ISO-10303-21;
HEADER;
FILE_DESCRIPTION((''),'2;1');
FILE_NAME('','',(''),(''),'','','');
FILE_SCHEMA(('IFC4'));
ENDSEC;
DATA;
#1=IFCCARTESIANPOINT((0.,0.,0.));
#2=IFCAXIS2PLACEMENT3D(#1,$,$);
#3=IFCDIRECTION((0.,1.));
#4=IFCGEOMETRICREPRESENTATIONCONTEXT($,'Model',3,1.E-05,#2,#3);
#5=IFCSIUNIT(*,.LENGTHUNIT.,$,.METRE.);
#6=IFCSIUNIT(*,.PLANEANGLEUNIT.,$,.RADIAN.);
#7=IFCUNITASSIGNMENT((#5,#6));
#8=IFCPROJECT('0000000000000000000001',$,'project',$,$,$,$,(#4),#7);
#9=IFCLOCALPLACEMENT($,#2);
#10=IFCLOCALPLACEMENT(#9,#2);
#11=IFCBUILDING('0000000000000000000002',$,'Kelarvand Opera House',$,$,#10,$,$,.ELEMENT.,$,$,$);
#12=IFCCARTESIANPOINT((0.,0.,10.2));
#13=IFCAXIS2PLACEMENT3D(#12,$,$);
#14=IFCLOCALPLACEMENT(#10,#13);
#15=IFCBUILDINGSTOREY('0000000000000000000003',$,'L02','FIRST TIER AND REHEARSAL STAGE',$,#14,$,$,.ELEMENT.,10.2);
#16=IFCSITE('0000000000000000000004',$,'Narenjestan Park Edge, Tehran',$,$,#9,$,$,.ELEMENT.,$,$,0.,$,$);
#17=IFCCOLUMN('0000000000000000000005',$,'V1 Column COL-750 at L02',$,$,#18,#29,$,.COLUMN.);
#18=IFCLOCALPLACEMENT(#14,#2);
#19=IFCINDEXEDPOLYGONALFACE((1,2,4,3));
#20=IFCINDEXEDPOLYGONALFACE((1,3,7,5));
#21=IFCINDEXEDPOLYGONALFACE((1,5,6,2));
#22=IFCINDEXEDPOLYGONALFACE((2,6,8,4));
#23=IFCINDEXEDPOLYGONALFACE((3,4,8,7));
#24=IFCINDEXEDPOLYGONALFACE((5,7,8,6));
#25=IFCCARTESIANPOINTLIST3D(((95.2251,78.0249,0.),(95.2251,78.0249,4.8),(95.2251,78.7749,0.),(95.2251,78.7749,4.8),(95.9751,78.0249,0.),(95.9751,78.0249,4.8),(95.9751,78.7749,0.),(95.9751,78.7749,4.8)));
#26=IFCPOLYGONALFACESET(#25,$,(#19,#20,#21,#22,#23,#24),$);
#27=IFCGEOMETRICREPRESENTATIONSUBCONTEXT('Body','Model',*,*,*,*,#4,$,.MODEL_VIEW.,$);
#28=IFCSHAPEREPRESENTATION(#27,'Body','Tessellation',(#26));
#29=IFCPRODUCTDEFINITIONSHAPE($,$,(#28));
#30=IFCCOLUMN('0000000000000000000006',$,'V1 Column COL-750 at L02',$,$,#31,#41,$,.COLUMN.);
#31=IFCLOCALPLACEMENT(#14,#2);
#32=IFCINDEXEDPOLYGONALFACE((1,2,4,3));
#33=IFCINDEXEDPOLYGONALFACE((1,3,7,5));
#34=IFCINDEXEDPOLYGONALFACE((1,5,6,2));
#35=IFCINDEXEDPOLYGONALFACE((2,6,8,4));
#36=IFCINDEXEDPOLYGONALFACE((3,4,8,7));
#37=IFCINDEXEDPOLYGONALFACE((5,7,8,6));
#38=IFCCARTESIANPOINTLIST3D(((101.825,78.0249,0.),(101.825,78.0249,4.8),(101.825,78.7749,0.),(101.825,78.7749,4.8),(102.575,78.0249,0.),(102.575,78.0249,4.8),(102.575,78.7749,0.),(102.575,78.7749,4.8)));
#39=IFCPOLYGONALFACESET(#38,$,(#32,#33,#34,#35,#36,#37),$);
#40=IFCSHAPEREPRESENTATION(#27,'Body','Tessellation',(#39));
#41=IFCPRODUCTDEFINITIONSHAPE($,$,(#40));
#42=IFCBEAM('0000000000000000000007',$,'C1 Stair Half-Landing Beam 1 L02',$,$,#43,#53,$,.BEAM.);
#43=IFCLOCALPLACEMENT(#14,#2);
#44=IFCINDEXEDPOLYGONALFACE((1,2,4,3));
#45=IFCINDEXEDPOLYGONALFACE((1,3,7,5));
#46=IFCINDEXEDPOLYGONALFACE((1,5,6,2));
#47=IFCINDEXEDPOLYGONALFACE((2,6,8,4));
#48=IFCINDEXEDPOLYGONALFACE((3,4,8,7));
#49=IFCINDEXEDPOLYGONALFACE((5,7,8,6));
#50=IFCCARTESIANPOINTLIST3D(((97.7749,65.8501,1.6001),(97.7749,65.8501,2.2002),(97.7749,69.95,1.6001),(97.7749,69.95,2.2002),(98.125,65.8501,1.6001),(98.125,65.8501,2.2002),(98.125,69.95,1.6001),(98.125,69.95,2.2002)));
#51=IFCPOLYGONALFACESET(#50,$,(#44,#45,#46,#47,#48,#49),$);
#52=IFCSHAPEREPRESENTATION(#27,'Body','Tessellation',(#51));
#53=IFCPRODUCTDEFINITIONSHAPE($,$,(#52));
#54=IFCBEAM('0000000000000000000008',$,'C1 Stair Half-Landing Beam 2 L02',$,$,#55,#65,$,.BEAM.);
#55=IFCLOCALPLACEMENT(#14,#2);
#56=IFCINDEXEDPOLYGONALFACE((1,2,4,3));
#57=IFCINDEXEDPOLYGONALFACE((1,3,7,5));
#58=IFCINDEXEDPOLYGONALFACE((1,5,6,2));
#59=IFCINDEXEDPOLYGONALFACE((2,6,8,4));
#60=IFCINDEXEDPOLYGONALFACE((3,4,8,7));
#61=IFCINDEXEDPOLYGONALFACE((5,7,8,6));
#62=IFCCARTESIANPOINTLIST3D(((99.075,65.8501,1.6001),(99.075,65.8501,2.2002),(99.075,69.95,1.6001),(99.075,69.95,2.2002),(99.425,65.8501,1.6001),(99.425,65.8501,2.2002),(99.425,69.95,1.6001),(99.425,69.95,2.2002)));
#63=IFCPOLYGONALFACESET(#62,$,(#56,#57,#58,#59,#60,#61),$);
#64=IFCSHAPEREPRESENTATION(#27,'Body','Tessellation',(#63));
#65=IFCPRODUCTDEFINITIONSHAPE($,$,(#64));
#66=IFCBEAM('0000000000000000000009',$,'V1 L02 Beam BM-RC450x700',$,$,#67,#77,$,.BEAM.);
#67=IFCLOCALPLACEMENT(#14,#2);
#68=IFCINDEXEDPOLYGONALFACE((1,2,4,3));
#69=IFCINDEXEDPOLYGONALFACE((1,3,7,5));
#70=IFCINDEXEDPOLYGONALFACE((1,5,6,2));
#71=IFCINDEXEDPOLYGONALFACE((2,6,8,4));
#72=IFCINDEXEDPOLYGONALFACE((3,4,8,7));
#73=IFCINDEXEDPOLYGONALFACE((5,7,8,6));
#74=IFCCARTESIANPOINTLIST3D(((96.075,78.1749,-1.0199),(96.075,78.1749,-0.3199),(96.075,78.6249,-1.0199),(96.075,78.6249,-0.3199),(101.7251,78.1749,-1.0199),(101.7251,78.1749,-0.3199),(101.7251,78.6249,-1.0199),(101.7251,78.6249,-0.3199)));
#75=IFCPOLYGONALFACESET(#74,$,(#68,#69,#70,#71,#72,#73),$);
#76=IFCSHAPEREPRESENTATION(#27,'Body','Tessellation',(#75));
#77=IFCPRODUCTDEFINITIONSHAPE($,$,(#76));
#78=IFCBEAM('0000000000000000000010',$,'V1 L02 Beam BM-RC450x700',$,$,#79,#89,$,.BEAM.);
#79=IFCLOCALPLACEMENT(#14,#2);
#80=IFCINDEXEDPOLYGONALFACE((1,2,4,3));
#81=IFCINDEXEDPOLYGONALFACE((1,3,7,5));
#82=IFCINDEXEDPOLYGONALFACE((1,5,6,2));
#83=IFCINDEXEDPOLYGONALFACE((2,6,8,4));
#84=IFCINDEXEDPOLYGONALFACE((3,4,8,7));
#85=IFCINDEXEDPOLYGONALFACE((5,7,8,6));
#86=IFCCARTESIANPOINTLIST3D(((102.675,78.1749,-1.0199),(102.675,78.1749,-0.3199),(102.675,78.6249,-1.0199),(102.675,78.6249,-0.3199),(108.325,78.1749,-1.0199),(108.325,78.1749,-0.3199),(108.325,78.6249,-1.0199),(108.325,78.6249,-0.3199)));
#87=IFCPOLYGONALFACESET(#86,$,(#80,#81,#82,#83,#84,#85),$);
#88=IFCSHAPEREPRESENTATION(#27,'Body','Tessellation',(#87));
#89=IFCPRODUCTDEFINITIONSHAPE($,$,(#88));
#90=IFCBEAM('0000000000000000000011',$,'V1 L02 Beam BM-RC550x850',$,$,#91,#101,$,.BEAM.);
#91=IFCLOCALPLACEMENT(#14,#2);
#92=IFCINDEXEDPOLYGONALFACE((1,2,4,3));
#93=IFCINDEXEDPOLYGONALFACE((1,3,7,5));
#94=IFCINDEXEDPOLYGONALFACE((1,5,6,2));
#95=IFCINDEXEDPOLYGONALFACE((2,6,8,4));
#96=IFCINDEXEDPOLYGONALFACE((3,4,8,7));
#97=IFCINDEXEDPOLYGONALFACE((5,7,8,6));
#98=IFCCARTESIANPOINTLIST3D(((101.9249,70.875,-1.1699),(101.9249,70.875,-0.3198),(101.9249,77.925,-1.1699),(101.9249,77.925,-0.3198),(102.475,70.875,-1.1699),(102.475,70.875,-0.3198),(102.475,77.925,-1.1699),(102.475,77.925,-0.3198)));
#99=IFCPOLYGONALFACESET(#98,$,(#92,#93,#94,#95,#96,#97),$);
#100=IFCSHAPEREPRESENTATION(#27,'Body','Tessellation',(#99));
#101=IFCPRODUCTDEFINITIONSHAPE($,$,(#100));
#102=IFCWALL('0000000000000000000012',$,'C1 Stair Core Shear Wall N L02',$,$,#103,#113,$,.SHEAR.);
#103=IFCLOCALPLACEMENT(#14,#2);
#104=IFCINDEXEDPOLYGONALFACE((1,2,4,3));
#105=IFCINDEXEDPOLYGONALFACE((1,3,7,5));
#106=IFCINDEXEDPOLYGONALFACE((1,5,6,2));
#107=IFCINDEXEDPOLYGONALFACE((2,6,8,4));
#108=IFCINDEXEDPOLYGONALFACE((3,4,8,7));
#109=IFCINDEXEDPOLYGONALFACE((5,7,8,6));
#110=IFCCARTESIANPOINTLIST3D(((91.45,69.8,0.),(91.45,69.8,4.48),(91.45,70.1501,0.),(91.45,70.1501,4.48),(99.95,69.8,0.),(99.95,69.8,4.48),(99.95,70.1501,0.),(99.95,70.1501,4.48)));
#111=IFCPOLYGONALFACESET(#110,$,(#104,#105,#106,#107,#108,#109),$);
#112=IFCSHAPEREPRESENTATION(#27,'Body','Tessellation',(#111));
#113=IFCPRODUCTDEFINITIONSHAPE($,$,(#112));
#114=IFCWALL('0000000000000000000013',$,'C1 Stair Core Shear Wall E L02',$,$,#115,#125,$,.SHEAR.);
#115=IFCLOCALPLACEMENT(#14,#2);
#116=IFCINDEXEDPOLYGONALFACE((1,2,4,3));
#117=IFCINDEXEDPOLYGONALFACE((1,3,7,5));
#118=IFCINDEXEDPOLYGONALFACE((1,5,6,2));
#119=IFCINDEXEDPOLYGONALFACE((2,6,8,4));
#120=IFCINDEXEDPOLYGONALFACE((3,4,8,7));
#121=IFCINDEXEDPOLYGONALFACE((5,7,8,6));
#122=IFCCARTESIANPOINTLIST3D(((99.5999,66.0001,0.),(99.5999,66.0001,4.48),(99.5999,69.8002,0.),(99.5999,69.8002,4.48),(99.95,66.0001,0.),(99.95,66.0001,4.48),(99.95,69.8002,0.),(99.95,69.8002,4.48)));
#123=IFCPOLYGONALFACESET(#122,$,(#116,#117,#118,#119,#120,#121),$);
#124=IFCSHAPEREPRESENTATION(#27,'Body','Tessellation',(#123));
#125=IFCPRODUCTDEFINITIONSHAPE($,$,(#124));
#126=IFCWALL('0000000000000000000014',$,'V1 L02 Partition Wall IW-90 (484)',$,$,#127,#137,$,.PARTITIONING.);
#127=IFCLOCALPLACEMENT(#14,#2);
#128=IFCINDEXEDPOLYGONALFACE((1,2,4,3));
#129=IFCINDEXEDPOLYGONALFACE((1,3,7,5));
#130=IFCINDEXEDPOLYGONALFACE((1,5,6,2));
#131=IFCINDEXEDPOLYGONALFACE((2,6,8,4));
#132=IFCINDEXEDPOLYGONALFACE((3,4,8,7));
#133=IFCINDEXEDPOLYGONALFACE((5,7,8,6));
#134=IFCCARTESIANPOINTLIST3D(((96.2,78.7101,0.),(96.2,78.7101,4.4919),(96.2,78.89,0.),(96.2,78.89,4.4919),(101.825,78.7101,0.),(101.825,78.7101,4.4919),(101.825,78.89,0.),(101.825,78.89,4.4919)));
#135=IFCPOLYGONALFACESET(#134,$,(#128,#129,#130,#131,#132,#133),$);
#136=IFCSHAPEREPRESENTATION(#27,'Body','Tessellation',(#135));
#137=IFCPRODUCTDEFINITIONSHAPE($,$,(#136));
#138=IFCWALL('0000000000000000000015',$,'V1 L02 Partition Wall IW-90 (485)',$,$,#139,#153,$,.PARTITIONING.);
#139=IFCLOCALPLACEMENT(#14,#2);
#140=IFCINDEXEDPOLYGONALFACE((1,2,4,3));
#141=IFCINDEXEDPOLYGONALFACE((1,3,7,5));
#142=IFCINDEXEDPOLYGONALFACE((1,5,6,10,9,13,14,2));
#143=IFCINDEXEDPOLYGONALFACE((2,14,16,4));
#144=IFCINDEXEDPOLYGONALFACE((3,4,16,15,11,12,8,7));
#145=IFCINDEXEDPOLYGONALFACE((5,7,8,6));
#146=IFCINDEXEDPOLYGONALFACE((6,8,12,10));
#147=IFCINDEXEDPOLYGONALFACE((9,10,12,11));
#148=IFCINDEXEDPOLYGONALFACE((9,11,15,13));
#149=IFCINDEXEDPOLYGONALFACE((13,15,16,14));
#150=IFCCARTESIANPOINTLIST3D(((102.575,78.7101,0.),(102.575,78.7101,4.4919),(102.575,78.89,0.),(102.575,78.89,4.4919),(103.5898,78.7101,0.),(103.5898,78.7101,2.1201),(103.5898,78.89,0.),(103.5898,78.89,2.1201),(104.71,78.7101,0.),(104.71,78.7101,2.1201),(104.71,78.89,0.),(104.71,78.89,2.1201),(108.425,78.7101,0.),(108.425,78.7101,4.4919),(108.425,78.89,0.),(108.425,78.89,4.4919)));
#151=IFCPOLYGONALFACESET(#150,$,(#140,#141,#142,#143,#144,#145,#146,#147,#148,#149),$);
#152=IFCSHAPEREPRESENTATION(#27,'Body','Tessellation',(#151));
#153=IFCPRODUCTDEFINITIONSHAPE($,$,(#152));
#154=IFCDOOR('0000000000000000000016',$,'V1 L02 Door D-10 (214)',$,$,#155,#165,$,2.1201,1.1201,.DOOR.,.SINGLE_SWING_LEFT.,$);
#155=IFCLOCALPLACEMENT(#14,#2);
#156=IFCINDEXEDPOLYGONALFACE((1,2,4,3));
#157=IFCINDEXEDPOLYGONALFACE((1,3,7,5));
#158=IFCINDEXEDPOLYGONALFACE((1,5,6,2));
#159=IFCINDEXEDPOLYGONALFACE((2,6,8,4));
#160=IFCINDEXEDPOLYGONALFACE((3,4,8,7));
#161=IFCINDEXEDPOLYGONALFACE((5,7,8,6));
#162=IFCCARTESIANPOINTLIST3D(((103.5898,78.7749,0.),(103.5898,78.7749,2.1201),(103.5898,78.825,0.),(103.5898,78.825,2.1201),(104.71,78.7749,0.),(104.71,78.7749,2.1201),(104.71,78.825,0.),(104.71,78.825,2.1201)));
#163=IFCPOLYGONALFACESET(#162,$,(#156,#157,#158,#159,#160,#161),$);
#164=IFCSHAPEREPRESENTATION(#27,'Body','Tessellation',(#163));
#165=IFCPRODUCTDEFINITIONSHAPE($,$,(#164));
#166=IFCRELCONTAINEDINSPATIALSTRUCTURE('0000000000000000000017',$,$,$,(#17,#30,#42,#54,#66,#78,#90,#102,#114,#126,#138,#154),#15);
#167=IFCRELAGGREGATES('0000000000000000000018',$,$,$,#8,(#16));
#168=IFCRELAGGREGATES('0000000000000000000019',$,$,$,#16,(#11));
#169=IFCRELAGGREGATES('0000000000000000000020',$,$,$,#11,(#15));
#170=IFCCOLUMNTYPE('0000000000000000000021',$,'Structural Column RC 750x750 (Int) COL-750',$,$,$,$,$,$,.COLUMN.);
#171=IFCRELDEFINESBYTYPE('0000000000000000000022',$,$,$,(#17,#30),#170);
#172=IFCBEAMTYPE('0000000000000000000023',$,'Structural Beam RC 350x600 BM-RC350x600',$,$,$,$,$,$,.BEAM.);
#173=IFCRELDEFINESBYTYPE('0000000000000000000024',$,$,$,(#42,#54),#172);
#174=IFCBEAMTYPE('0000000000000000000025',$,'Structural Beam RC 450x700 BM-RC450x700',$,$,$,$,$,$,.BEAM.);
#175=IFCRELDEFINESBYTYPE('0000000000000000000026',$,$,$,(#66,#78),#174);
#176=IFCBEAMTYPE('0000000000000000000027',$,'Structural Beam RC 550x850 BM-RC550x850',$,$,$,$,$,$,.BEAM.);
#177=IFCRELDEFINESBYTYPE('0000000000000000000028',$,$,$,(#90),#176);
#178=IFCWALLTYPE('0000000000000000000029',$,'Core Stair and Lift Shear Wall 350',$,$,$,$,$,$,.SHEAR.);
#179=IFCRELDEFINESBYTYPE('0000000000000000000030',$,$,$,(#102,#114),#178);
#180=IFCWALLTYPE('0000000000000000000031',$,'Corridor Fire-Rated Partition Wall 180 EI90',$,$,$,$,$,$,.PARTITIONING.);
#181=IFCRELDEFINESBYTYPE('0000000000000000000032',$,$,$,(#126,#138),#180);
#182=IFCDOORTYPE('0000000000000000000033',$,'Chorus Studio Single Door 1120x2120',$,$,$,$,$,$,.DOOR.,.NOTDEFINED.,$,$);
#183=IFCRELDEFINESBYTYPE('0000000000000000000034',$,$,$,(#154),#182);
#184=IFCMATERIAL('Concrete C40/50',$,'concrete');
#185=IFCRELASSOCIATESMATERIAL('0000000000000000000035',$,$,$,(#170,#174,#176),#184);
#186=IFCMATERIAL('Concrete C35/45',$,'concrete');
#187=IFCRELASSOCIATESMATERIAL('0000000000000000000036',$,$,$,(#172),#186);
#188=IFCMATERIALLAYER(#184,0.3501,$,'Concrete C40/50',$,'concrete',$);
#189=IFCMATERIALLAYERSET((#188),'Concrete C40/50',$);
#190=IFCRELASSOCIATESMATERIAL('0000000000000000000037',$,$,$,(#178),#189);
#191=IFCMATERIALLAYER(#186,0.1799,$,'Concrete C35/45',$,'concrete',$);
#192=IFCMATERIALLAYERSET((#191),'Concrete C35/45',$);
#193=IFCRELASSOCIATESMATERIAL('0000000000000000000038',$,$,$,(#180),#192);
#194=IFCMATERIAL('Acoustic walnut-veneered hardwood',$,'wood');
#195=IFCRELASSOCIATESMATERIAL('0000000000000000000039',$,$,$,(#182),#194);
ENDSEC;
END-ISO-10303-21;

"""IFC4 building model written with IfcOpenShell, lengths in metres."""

from ifc_helpers import new_model, si_unit, direction, frame, frame_2d, origin, origin_2d, place, context, subcontext, project, spatial, rectangle, extrude, material, layer, layer_set, material_profile, profile_set, type_object, element, fill, save


model = new_model("IFC4")

# Units and contexts
model_context = context("Model", 3, precision=1e-05, world=origin(), true_north=direction((0.0, 1.0)))
body_context = subcontext(model_context, "Body", "Model", "MODEL_VIEW")
ifc_project = project(units=[si_unit("LENGTHUNIT", "METRE"), si_unit("PLANEANGLEUNIT", "RADIAN")], contexts=[model_context])

# Site, building, storey
site_placement = place(None, origin())
site = spatial("IfcSite", under=ifc_project, at=site_placement, Name="Narenjestan Park Edge, Tehran", CompositionType="ELEMENT", RefElevation=0.0)
building_placement = place(site_placement, origin())
building = spatial("IfcBuilding", under=site, at=building_placement, Name="Kelarvand Opera House", CompositionType="ELEMENT")
storey_placement = place(building_placement, frame((0.0, 0.0, 10.2)))
storey = spatial("IfcBuildingStorey", under=building, at=storey_placement, Name="L02", Description="FIRST TIER AND REHEARSAL STAGE", CompositionType="ELEMENT", Elevation=10.2)

# Columns
ifc_material_1 = material(Name="Concrete C40/50", Category="concrete")
ifc_material_profile_1 = material_profile(ifc_material_1, rectangle(XDim=0.75, YDim=0.75, at=origin_2d()), Name="RC 750x750", Category="concrete")
ifc_profile_set_1 = profile_set([ifc_material_profile_1], Name="Concrete C40/50")
column_type = type_object("IfcColumnType", Name="Structural Column RC 750x750 (Int) COL-750", PredefinedType="COLUMN", material=ifc_profile_set_1)
for number, where, z_axis, x_axis, name in (
    (1, (95.6001, 78.3999, 0.0), (0.0, 0.0, 1.0), (1.0, 0.0, 0.0), "V1 Column COL-750 at L02"),
    (2, (102.2, 78.3999, 0.0), (0.0, 0.0, 1.0), (1.0, 0.0, 0.0), "V1 Column COL-750 at L02"),
):
    element("IfcColumn", number, at=place(storey_placement, frame(where, z_axis=z_axis, x_axis=x_axis)), inside=storey, type_object=column_type, Name=name, PredefinedType="COLUMN", context=body_context, shape_type="SweptSolid", body=[
        extrude(rectangle(XDim=0.75, YDim=0.75, at=origin_2d()), origin(), (0.0, 0.0, 1.0), 4.8),
    ])

# Beams
ifc_material_2 = material(Name="Concrete C35/45", Category="concrete")
ifc_material_profile_2 = material_profile(ifc_material_2, rectangle(XDim=0.3501, YDim=0.6001, at=origin_2d()), Name="RC 350x600", Category="concrete")
ifc_profile_set_2 = profile_set([ifc_material_profile_2], Name="Concrete C35/45")
beam_type_1 = type_object("IfcBeamType", Name="Structural Beam RC 350x600 BM-RC350x600", PredefinedType="BEAM", material=ifc_profile_set_2)
for number, where, z_axis, x_axis, name in (
    (3, (97.95, 65.8501, 1.9001), (0.0, 1.0, 0.0), (-1.0, 0.0, 0.0), "C1 Stair Half-Landing Beam 1 L02"),
    (4, (99.25, 65.8501, 1.9001), (0.0, 1.0, 0.0), (-1.0, 0.0, 0.0), "C1 Stair Half-Landing Beam 2 L02"),
):
    element("IfcBeam", number, at=place(storey_placement, frame(where, z_axis=z_axis, x_axis=x_axis)), inside=storey, type_object=beam_type_1, Name=name, PredefinedType="BEAM", context=body_context, shape_type="SweptSolid", body=[
        extrude(rectangle(XDim=0.3501, YDim=0.6001, at=origin_2d()), origin(), (0.0, 0.0, 1.0), 4.0999),
    ])
ifc_material_profile_3 = material_profile(ifc_material_1, rectangle(XDim=0.45, YDim=0.7, at=origin_2d()), Name="RC 450x700", Category="concrete")
ifc_profile_set_3 = profile_set([ifc_material_profile_3], Name="Concrete C40/50")
beam_type_2 = type_object("IfcBeamType", Name="Structural Beam RC 450x700 BM-RC450x700", PredefinedType="BEAM", material=ifc_profile_set_3)
beam_1_placement = place(storey_placement, frame((96.075, 78.3999, -0.6699), z_axis=(1.0, 0.0, 0.0), x_axis=(0.0, 1.0, 0.0)))
element("IfcBeam", 5, at=beam_1_placement, inside=storey, type_object=beam_type_2, Name="V1 L02 Beam BM-RC450x700", PredefinedType="BEAM", context=body_context, shape_type="SweptSolid", body=[
    extrude(rectangle(XDim=0.45, YDim=0.7, at=origin_2d()), origin(), (0.0, 0.0, 1.0), 5.6501),
])
beam_2_placement = place(storey_placement, frame((102.675, 78.3999, -0.6699), z_axis=(1.0, 0.0, 0.0), x_axis=(0.0, 1.0, 0.0)))
element("IfcBeam", 6, at=beam_2_placement, inside=storey, type_object=beam_type_2, Name="V1 L02 Beam BM-RC450x700", PredefinedType="BEAM", context=body_context, shape_type="SweptSolid", body=[
    extrude(rectangle(XDim=0.45, YDim=0.7, at=origin_2d()), origin(), (0.0, 0.0, 1.0), 5.6499),
])
ifc_material_profile_4 = material_profile(ifc_material_1, rectangle(XDim=0.55, YDim=0.8501, at=origin_2d()), Name="RC 550x850", Category="concrete")
ifc_profile_set_4 = profile_set([ifc_material_profile_4], Name="Concrete C40/50")
beam_type_3 = type_object("IfcBeamType", Name="Structural Beam RC 550x850 BM-RC550x850", PredefinedType="BEAM", material=ifc_profile_set_4)
beam_3_placement = place(storey_placement, frame((102.2, 70.875, -0.7449), z_axis=(0.0, 1.0, 0.0), x_axis=(-1.0, 0.0, 0.0)))
element("IfcBeam", 7, at=beam_3_placement, inside=storey, type_object=beam_type_3, Name="V1 L02 Beam BM-RC550x850", PredefinedType="BEAM", context=body_context, shape_type="SweptSolid", body=[
    extrude(rectangle(XDim=0.55, YDim=0.8501, at=origin_2d()), origin(), (0.0, 0.0, 1.0), 7.05),
])

# Walls
ifc_layer_1 = layer(ifc_material_1, 0.3501, Name="Concrete C40/50", Category="concrete")
ifc_layer_set_1 = layer_set([ifc_layer_1], Name="Concrete C40/50")
wall_type_1 = type_object("IfcWallType", Name="Core Stair and Lift Shear Wall 350", PredefinedType="SHEAR", material=ifc_layer_set_1)
wall_1_placement = place(storey_placement, frame((99.95, 69.9751, 0.0), z_axis=(0.0, 0.0, 1.0), x_axis=(-1.0, 0.0, 0.0)))
element("IfcWall", 8, at=wall_1_placement, inside=storey, type_object=wall_type_1, Name="C1 Stair Core Shear Wall N L02", PredefinedType="SHEAR", context=body_context, shape_type="SweptSolid", body=[
    extrude(rectangle(XDim=8.5, YDim=0.3501, at=frame_2d((4.25, 0.0))), origin(), (0.0, 0.0, 1.0), 4.48),
])
wall_2_placement = place(storey_placement, frame((99.7749, 69.8, 0.0), z_axis=(0.0, 0.0, 1.0), x_axis=(0.0, -1.0, 0.0)))
element("IfcWall", 9, at=wall_2_placement, inside=storey, type_object=wall_type_1, Name="C1 Stair Core Shear Wall E L02", PredefinedType="SHEAR", context=body_context, shape_type="SweptSolid", body=[
    extrude(rectangle(XDim=3.8, YDim=0.3501, at=frame_2d((1.8999, 0.0))), origin(), (0.0, 0.0, 1.0), 4.48),
])
ifc_layer_2 = layer(ifc_material_2, 0.1799, Name="Concrete C35/45", Category="concrete")
ifc_layer_set_2 = layer_set([ifc_layer_2], Name="Concrete C35/45")
wall_type_2 = type_object("IfcWallType", Name="Corridor Fire-Rated Partition Wall 180 EI90", PredefinedType="PARTITIONING", material=ifc_layer_set_2)
wall_3_placement = place(storey_placement, frame((96.2, 78.8, 0.0), z_axis=(0.0, 0.0, 1.0), x_axis=(1.0, 0.0, 0.0)))
element("IfcWall", 10, at=wall_3_placement, inside=storey, type_object=wall_type_2, Name="V1 L02 Partition Wall IW-90 (484)", PredefinedType="PARTITIONING", context=body_context, shape_type="SweptSolid", body=[
    extrude(rectangle(XDim=5.625, YDim=0.1799, at=frame_2d((2.8125, 0.0))), origin(), (0.0, 0.0, 1.0), 4.4919),
])

# Wall, opening, door
wall_4_placement = place(storey_placement, frame((102.575, 78.8, 0.0), z_axis=(0.0, 0.0, 1.0), x_axis=(1.0, 0.0, 0.0)))
wall_4 = element("IfcWall", 11, at=wall_4_placement, inside=storey, type_object=wall_type_2, Name="V1 L02 Partition Wall IW-90 (485)", PredefinedType="PARTITIONING", context=body_context, shape_type="SweptSolid", body=[
    extrude(rectangle(XDim=5.8501, YDim=0.1799, at=frame_2d((2.925, 0.0))), origin(), (0.0, 0.0, 1.0), 4.4919),
])
opening_1_placement = place(wall_4_placement, frame((1.0149, 0.0, 0.0)))
opening_1 = element("IfcOpeningElement", 12, at=opening_1_placement, cuts=wall_4, PredefinedType="OPENING", context=body_context, shape_type="SweptSolid", body=[
    extrude(rectangle(XDim=1.1201, YDim=2.1201, at=frame_2d((0.5601, 1.0601))), frame((0.0, 0.1001, 0.0), z_axis=(0.0, -1.0, 0.0), x_axis=(1.0, 0.0, 0.0)), (0.0, 0.0, 1.0), 0.2),
])
ifc_material_3 = material(Name="Acoustic walnut-veneered hardwood", Category="wood")
door_type_1 = type_object("IfcDoorType", Name="Chorus Studio Single Door 1120x2120", OperationType="NOTDEFINED", PredefinedType="DOOR", material=ifc_material_3)
door_1_placement = place(opening_1_placement, origin())
door_1 = element("IfcDoor", 13, at=door_1_placement, inside=storey, type_object=door_type_1, Name="V1 L02 Door D-10 (214)", OperationType="SINGLE_SWING_LEFT", OverallHeight=2.1201, OverallWidth=1.1201, PredefinedType="DOOR", context=body_context, shape_type="SweptSolid", body=[
    extrude(rectangle(XDim=1.1201, YDim=2.1201, at=frame_2d((0.5601, 1.0601))), frame((0.0, 0.0249, 0.0), z_axis=(0.0, -1.0, 0.0), x_axis=(1.0, 0.0, 0.0)), (0.0, 0.0, 1.0), 0.05),
])
fill(opening_1, door_1)

save(model, "model.ifc")
